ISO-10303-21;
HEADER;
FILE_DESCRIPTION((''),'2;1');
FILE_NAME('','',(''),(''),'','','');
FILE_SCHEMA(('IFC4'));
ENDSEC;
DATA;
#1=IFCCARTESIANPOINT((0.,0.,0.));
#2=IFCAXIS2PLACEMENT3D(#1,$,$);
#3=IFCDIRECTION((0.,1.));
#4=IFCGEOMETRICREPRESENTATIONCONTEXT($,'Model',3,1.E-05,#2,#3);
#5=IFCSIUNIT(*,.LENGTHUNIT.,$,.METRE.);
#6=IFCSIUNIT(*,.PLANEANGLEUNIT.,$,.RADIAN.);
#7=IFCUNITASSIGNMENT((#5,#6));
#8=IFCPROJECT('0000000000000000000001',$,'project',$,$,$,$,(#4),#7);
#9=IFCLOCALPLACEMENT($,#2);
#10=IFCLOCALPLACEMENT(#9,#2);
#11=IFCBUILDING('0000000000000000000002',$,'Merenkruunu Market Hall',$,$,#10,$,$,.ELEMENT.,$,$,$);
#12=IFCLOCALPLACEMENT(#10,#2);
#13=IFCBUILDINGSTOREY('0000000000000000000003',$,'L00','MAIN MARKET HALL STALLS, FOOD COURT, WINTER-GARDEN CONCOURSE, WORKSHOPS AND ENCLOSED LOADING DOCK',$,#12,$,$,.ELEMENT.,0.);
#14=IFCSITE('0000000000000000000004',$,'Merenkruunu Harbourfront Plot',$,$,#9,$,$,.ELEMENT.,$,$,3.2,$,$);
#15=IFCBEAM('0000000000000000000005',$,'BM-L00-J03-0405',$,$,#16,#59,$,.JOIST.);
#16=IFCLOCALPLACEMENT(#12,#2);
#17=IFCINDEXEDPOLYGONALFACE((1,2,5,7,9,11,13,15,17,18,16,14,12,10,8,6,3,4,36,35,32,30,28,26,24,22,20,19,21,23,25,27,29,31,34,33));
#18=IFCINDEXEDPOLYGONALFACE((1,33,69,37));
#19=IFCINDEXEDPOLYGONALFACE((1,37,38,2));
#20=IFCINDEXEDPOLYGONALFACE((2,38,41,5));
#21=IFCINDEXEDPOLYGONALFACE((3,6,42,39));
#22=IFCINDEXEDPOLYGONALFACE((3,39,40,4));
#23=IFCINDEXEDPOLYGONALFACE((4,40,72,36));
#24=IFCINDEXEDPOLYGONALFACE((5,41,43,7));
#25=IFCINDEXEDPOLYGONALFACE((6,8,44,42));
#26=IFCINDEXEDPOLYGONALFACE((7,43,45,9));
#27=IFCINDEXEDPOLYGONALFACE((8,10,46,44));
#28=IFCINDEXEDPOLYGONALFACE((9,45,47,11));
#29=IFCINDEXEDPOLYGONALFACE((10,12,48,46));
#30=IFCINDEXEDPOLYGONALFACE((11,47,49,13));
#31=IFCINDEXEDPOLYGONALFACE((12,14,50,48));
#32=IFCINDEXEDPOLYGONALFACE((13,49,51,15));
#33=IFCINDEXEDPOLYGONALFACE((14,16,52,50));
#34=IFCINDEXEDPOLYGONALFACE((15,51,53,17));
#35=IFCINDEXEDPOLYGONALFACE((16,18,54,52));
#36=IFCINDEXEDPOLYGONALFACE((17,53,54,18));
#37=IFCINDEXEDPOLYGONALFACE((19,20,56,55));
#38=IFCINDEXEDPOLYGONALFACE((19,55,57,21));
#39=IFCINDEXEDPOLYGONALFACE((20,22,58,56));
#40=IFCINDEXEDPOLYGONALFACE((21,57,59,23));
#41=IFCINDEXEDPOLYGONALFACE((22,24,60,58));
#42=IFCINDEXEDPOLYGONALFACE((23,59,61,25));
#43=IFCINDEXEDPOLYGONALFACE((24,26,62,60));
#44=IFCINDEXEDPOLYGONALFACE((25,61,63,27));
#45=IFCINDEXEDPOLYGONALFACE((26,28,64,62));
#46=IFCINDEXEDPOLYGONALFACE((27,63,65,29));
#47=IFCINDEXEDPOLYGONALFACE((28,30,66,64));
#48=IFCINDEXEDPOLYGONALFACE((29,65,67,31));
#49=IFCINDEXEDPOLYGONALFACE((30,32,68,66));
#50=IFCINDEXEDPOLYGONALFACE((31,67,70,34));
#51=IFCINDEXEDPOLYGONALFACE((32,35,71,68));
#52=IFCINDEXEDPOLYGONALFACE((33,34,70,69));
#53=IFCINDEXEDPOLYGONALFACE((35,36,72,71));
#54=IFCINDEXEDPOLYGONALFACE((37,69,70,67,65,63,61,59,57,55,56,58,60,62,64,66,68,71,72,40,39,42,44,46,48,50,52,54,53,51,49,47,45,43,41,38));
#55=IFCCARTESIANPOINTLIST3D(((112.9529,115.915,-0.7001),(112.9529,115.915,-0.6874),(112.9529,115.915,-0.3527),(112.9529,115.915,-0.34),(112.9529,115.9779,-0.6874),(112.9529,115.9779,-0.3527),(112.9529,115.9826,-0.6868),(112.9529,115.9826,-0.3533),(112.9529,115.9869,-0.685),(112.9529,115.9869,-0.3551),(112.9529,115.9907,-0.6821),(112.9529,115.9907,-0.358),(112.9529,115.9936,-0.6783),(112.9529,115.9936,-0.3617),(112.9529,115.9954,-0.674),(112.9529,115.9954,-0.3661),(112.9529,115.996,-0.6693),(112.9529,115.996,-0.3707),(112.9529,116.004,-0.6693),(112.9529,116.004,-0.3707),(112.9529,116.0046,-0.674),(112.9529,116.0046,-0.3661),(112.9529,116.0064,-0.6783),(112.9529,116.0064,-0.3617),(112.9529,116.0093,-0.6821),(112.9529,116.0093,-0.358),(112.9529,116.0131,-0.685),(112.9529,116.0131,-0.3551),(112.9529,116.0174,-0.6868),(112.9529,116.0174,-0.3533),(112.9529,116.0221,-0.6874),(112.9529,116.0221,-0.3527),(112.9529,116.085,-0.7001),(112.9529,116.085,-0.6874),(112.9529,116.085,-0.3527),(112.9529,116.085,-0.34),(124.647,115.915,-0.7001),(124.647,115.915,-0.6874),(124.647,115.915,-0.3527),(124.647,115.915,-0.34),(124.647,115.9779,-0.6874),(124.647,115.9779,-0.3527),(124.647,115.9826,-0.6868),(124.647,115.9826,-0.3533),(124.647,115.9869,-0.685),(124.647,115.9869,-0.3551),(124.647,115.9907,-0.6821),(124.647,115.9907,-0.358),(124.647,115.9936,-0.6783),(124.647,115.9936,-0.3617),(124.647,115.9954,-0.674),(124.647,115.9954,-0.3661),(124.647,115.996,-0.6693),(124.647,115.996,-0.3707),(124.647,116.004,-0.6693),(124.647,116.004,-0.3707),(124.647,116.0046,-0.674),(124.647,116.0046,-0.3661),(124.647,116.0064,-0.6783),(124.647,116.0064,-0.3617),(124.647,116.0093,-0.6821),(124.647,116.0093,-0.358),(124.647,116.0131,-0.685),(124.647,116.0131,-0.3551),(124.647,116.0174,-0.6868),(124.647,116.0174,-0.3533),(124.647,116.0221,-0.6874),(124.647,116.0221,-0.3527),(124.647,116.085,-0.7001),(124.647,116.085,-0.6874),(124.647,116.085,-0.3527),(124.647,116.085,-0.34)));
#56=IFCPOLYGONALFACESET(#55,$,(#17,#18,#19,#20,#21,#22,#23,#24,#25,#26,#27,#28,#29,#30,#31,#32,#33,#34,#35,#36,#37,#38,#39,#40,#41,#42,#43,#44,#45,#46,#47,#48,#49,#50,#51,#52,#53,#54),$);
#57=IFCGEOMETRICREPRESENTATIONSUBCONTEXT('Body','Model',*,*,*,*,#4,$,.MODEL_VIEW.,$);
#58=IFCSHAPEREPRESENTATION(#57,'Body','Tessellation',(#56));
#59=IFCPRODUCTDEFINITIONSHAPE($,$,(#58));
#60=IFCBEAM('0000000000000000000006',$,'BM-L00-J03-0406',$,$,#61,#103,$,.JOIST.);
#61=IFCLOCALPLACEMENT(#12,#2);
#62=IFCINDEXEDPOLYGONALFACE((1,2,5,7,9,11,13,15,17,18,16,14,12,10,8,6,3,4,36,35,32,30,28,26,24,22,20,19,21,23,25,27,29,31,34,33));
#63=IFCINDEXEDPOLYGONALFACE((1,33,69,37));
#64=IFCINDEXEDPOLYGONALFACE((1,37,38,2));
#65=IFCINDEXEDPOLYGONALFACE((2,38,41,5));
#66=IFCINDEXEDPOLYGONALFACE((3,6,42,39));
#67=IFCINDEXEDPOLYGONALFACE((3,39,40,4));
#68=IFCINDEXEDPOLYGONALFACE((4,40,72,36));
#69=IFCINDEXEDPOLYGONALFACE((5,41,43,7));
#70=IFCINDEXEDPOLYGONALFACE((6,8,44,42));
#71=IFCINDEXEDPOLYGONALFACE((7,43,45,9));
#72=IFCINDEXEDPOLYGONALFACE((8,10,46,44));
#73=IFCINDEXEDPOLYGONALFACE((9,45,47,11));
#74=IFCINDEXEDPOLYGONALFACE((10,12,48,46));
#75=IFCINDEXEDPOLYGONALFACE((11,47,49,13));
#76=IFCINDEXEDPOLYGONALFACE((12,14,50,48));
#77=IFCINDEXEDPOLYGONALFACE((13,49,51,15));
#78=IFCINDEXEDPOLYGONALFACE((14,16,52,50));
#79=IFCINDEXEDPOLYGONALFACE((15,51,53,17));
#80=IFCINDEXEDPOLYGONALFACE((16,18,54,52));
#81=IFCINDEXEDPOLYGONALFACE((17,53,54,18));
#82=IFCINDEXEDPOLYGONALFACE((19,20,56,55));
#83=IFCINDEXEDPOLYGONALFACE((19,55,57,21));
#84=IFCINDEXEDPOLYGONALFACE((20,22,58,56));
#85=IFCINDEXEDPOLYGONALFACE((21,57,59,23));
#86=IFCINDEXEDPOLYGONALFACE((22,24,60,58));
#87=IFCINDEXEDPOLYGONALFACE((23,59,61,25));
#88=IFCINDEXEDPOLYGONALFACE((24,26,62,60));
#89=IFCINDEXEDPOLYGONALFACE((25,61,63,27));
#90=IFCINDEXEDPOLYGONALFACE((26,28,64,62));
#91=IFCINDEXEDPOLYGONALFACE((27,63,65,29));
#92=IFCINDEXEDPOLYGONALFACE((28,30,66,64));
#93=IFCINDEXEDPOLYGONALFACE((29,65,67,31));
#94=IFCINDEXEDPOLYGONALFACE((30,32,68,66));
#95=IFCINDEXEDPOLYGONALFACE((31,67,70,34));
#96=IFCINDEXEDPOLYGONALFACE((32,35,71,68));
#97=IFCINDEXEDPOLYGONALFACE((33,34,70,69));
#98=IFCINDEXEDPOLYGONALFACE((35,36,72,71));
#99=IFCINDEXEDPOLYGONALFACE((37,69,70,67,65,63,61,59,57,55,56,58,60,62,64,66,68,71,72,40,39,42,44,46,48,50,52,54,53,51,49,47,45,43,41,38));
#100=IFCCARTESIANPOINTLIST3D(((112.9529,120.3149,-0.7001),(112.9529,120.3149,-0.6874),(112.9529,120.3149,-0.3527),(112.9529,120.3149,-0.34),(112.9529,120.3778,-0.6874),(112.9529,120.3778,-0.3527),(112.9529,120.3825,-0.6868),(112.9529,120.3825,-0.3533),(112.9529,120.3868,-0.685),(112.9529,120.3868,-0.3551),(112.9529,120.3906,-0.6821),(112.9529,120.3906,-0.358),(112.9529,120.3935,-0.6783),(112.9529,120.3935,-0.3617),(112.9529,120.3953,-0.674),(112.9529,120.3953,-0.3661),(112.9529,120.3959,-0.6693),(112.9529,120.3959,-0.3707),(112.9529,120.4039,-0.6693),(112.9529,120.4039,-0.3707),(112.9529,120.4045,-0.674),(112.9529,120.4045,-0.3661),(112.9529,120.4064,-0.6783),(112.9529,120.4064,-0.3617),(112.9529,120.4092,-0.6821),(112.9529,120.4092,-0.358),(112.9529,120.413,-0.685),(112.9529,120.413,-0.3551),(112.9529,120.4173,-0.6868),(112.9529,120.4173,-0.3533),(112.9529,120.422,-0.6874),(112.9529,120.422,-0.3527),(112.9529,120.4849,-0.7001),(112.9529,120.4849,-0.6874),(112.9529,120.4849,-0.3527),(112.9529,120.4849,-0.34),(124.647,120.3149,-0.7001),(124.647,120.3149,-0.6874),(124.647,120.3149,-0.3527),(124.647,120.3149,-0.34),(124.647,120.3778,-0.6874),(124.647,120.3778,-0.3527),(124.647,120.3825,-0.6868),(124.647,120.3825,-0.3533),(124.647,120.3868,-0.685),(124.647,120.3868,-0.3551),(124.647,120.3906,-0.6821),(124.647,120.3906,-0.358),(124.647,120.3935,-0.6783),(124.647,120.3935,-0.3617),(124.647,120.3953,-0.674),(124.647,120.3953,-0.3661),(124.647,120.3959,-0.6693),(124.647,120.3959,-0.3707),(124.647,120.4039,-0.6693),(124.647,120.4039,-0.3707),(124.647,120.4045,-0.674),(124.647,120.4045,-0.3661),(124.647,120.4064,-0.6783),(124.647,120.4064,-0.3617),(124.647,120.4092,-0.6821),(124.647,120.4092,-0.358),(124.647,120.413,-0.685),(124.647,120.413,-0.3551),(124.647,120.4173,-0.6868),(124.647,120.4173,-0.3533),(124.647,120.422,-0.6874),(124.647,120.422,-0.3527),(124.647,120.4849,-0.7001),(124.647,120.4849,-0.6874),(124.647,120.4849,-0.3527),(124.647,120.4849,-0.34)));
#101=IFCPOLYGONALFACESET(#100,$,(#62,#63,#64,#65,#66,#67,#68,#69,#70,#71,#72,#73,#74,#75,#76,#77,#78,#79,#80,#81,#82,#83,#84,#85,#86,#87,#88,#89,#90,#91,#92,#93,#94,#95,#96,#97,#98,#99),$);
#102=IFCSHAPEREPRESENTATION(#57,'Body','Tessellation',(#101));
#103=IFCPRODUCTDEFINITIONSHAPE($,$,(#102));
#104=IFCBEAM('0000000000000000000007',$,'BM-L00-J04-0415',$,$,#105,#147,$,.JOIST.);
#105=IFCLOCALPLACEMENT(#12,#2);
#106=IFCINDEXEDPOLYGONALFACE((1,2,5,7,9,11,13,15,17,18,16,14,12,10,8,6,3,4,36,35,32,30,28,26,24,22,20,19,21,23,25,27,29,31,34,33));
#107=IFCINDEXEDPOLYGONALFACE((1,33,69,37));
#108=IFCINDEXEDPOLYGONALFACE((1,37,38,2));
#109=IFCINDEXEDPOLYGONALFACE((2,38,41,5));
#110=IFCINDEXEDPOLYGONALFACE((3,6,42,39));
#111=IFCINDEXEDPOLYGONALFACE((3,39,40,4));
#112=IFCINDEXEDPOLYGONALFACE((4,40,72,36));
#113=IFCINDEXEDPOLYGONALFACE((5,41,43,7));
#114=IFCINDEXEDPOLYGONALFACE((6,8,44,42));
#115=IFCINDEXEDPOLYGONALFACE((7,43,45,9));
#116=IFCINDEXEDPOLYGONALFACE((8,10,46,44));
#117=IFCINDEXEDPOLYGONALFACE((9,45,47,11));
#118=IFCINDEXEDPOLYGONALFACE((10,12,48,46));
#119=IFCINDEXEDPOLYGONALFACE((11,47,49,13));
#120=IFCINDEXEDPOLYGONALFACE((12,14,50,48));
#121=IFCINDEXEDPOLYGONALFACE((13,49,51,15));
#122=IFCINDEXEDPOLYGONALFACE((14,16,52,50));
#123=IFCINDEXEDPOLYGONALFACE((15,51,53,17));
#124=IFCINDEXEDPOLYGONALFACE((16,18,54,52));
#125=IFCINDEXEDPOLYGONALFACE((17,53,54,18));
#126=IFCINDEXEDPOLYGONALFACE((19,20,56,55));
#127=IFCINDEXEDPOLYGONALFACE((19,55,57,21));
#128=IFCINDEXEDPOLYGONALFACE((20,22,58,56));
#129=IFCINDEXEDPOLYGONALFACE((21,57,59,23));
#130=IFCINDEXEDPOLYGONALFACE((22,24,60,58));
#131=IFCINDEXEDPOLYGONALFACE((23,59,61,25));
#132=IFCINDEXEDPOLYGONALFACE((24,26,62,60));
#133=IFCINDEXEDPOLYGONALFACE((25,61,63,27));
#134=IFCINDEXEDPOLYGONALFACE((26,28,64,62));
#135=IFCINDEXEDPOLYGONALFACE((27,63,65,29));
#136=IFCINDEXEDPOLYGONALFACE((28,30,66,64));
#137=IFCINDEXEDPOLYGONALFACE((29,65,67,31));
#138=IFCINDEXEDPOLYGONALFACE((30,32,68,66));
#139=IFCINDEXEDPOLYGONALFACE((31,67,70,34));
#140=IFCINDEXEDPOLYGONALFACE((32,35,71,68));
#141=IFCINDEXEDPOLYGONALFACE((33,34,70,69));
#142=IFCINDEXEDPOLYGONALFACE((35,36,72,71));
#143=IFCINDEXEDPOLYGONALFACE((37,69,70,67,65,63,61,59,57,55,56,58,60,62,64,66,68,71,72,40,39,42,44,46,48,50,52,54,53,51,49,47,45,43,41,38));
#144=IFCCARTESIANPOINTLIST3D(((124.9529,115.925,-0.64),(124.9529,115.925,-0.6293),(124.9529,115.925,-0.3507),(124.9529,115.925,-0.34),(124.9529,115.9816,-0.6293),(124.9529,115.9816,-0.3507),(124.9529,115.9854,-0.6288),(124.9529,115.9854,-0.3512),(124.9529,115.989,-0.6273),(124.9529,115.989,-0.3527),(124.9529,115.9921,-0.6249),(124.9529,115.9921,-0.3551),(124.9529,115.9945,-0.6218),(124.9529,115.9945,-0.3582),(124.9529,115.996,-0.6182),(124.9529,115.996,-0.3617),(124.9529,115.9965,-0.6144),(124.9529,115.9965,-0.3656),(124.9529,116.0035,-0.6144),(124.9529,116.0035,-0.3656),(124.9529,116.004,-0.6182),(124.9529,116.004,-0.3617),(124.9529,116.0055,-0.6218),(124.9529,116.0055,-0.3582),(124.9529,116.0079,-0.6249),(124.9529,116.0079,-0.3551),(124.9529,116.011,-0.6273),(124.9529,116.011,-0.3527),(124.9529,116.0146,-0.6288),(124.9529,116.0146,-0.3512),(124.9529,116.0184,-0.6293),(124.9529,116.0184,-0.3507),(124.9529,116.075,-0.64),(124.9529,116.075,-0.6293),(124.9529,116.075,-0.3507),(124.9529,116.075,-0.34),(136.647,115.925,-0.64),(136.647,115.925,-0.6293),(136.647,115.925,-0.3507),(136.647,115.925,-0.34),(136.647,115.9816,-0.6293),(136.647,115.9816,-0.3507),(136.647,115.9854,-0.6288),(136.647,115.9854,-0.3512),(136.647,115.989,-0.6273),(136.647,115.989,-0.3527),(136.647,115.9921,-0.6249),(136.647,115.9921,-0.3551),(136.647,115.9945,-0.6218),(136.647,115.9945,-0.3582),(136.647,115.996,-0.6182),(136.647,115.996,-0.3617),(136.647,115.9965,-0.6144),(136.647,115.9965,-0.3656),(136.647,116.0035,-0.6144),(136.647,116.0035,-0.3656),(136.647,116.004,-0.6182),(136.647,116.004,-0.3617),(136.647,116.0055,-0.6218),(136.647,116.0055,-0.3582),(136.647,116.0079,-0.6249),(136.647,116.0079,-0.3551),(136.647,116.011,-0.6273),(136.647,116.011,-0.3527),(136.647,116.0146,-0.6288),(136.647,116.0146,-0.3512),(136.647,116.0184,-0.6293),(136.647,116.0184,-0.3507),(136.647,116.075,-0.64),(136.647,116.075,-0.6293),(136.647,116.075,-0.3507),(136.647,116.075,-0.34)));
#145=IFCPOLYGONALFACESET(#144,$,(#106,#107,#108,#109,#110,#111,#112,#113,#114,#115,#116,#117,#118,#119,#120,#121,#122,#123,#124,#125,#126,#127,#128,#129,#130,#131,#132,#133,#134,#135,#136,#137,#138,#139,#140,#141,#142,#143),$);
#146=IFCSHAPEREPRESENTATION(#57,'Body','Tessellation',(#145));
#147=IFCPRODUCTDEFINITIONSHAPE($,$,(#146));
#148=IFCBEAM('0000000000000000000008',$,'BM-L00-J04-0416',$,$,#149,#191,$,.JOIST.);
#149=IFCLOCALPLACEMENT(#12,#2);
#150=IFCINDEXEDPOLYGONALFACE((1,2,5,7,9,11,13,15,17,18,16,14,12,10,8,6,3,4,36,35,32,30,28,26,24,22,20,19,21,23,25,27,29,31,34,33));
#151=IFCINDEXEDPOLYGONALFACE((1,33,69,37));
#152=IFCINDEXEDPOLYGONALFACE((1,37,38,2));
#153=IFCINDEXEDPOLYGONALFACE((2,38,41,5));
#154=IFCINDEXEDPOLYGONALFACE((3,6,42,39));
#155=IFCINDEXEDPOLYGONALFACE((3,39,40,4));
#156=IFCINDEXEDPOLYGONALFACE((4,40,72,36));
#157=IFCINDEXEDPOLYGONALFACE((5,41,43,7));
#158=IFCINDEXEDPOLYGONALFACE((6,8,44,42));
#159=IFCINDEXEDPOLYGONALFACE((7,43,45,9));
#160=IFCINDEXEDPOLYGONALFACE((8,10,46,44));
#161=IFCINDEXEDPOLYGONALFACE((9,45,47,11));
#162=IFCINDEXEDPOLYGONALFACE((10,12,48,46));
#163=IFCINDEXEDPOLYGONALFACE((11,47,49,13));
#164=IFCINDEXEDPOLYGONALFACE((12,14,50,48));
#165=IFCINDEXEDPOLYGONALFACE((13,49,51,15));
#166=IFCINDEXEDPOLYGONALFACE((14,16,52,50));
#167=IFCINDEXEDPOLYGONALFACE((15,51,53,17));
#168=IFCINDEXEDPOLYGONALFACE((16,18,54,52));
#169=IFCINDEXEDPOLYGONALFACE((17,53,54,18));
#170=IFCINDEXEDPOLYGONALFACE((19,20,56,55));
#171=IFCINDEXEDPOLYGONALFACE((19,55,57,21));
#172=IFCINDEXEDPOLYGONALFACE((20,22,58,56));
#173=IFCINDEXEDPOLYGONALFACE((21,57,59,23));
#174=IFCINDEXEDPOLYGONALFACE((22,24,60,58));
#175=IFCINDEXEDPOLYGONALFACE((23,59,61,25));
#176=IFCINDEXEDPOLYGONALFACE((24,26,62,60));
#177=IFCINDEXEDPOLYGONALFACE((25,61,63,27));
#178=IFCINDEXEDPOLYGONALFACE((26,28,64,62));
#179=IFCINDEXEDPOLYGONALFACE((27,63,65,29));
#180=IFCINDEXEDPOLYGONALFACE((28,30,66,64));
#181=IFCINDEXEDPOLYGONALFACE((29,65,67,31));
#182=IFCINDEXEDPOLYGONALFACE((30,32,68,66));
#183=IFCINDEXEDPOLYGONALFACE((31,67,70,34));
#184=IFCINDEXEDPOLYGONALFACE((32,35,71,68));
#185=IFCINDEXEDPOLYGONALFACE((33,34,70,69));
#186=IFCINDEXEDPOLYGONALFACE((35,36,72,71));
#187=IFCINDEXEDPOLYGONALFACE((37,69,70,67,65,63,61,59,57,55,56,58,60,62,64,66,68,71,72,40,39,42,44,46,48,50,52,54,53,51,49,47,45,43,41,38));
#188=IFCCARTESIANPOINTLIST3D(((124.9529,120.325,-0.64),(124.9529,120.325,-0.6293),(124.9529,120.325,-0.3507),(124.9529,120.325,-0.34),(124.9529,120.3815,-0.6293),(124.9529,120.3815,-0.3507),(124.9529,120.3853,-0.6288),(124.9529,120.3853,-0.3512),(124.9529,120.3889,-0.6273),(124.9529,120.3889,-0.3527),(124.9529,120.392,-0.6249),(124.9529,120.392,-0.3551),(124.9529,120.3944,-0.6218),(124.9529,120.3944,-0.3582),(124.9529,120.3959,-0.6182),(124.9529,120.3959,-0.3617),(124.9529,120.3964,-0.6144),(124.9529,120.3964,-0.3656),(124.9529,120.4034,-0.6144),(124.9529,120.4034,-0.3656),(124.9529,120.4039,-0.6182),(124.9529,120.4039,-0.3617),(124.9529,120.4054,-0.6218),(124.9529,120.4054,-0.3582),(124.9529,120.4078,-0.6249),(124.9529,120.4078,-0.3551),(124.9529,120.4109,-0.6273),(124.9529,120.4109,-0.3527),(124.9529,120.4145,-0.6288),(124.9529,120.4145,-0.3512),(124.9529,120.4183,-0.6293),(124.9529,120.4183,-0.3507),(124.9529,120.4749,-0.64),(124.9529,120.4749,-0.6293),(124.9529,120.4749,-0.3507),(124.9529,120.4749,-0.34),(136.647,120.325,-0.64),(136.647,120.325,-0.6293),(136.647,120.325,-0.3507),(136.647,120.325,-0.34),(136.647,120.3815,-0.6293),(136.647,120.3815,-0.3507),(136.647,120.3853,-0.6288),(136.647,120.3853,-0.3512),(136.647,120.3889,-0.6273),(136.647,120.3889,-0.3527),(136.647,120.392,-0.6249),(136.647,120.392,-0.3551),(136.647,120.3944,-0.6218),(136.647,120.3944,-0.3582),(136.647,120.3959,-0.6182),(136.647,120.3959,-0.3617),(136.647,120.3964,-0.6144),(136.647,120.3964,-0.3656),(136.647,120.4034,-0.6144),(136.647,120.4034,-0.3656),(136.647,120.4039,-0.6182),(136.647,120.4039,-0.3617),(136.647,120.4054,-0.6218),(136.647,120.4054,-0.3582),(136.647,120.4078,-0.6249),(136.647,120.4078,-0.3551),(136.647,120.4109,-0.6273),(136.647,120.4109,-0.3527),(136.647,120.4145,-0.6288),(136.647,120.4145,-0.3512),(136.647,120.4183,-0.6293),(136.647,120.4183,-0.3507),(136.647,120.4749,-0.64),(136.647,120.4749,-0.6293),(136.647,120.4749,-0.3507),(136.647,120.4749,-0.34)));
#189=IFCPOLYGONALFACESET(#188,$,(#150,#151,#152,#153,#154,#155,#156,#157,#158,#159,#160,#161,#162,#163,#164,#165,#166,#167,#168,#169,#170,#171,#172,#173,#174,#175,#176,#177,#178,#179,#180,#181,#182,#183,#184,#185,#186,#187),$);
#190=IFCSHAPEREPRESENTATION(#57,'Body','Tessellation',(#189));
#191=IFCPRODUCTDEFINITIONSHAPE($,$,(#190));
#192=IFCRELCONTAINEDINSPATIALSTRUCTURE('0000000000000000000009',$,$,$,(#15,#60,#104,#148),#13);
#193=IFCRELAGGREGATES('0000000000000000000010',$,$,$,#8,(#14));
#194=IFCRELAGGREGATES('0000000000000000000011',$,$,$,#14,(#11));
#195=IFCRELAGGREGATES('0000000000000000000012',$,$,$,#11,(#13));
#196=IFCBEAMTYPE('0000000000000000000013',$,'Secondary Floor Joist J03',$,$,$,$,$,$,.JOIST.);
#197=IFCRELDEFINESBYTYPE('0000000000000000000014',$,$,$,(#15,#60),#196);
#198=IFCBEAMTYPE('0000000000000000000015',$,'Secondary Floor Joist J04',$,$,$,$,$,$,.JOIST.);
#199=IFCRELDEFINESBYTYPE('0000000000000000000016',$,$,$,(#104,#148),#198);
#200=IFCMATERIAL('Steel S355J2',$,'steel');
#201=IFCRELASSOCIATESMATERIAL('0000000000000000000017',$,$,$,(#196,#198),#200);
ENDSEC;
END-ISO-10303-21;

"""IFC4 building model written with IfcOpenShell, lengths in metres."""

from ifc_helpers import new_model, si_unit, direction, frame, origin, origin_2d, place, context, subcontext, project, spatial, i_section, extrude, material, material_profile, profile_set, type_object, element, save


model = new_model("IFC4")

# Units and contexts
model_context = context("Model", 3, precision=1e-05, world=origin(), true_north=direction((0.0, 1.0)))
body_context = subcontext(model_context, "Body", "Model", "MODEL_VIEW")
ifc_project = project(units=[si_unit("LENGTHUNIT", "METRE"), si_unit("PLANEANGLEUNIT", "RADIAN")], contexts=[model_context])

# Site, building, storey
site_placement = place(None, origin())
site = spatial("IfcSite", under=ifc_project, at=site_placement, Name="Merenkruunu Harbourfront Plot", CompositionType="ELEMENT", RefElevation=3.2)
building_placement = place(site_placement, origin())
building = spatial("IfcBuilding", under=site, at=building_placement, Name="Merenkruunu Market Hall", CompositionType="ELEMENT")
storey_placement = place(building_placement, origin())
storey = spatial("IfcBuildingStorey", under=building, at=storey_placement, Name="L00", Description="MAIN MARKET HALL STALLS, FOOD COURT, WINTER-GARDEN CONCOURSE, WORKSHOPS AND ENCLOSED LOADING DOCK", CompositionType="ELEMENT", Elevation=0.0)

# Shared definitions
ifc_material_1 = material(Name="Steel S355J2", Category="steel")

# Beams
ifc_material_profile_1 = material_profile(ifc_material_1, i_section(OverallWidth=0.1699, OverallDepth=0.3601, WebThickness=0.0081, FlangeThickness=0.0127, FilletRadius=0.0181, at=origin_2d()), Name="IPE 360")
ifc_profile_set_1 = profile_set([ifc_material_profile_1], Name="Steel S355J2")
beam_type_1 = type_object("IfcBeamType", Name="Secondary Floor Joist J03", PredefinedType="JOIST", material=ifc_profile_set_1)
for number, where, z_axis, x_axis, name in (
    (1, (112.9529, 116.0, -0.52), (1.0, 0.0, 0.0), (0.0, 1.0, 0.0), "BM-L00-J03-0405"),
    (2, (112.9529, 120.3999, -0.52), (1.0, 0.0, 0.0), (0.0, 1.0, 0.0), "BM-L00-J03-0406"),
):
    element("IfcBeam", number, at=place(storey_placement, frame(where, z_axis=z_axis, x_axis=x_axis)), inside=storey, type_object=beam_type_1, Name=name, PredefinedType="JOIST", context=body_context, shape_type="SweptSolid", body=[
        extrude(i_section(OverallWidth=0.1699, OverallDepth=0.3601, WebThickness=0.0081, FlangeThickness=0.0127, FilletRadius=0.0181, at=origin_2d()), origin(), (0.0, 0.0, 1.0), 11.6941),
    ])
ifc_material_profile_2 = material_profile(ifc_material_1, i_section(OverallWidth=0.1499, OverallDepth=0.3, WebThickness=0.0071, FlangeThickness=0.0107, FilletRadius=0.0149, at=origin_2d()), Name="IPE 300")
ifc_profile_set_2 = profile_set([ifc_material_profile_2], Name="Steel S355J2")
beam_type_2 = type_object("IfcBeamType", Name="Secondary Floor Joist J04", PredefinedType="JOIST", material=ifc_profile_set_2)
for number, where, z_axis, x_axis, name in (
    (3, (124.9529, 116.0, -0.49), (1.0, 0.0, 0.0), (0.0, 1.0, 0.0), "BM-L00-J04-0415"),
    (4, (124.9529, 120.3999, -0.49), (1.0, 0.0, 0.0), (0.0, 1.0, 0.0), "BM-L00-J04-0416"),
):
    element("IfcBeam", number, at=place(storey_placement, frame(where, z_axis=z_axis, x_axis=x_axis)), inside=storey, type_object=beam_type_2, Name=name, PredefinedType="JOIST", context=body_context, shape_type="SweptSolid", body=[
        extrude(i_section(OverallWidth=0.1499, OverallDepth=0.3, WebThickness=0.0071, FlangeThickness=0.0107, FilletRadius=0.0149, at=origin_2d()), origin(), (0.0, 0.0, 1.0), 11.6941),
    ])

save(model, "model.ifc")
